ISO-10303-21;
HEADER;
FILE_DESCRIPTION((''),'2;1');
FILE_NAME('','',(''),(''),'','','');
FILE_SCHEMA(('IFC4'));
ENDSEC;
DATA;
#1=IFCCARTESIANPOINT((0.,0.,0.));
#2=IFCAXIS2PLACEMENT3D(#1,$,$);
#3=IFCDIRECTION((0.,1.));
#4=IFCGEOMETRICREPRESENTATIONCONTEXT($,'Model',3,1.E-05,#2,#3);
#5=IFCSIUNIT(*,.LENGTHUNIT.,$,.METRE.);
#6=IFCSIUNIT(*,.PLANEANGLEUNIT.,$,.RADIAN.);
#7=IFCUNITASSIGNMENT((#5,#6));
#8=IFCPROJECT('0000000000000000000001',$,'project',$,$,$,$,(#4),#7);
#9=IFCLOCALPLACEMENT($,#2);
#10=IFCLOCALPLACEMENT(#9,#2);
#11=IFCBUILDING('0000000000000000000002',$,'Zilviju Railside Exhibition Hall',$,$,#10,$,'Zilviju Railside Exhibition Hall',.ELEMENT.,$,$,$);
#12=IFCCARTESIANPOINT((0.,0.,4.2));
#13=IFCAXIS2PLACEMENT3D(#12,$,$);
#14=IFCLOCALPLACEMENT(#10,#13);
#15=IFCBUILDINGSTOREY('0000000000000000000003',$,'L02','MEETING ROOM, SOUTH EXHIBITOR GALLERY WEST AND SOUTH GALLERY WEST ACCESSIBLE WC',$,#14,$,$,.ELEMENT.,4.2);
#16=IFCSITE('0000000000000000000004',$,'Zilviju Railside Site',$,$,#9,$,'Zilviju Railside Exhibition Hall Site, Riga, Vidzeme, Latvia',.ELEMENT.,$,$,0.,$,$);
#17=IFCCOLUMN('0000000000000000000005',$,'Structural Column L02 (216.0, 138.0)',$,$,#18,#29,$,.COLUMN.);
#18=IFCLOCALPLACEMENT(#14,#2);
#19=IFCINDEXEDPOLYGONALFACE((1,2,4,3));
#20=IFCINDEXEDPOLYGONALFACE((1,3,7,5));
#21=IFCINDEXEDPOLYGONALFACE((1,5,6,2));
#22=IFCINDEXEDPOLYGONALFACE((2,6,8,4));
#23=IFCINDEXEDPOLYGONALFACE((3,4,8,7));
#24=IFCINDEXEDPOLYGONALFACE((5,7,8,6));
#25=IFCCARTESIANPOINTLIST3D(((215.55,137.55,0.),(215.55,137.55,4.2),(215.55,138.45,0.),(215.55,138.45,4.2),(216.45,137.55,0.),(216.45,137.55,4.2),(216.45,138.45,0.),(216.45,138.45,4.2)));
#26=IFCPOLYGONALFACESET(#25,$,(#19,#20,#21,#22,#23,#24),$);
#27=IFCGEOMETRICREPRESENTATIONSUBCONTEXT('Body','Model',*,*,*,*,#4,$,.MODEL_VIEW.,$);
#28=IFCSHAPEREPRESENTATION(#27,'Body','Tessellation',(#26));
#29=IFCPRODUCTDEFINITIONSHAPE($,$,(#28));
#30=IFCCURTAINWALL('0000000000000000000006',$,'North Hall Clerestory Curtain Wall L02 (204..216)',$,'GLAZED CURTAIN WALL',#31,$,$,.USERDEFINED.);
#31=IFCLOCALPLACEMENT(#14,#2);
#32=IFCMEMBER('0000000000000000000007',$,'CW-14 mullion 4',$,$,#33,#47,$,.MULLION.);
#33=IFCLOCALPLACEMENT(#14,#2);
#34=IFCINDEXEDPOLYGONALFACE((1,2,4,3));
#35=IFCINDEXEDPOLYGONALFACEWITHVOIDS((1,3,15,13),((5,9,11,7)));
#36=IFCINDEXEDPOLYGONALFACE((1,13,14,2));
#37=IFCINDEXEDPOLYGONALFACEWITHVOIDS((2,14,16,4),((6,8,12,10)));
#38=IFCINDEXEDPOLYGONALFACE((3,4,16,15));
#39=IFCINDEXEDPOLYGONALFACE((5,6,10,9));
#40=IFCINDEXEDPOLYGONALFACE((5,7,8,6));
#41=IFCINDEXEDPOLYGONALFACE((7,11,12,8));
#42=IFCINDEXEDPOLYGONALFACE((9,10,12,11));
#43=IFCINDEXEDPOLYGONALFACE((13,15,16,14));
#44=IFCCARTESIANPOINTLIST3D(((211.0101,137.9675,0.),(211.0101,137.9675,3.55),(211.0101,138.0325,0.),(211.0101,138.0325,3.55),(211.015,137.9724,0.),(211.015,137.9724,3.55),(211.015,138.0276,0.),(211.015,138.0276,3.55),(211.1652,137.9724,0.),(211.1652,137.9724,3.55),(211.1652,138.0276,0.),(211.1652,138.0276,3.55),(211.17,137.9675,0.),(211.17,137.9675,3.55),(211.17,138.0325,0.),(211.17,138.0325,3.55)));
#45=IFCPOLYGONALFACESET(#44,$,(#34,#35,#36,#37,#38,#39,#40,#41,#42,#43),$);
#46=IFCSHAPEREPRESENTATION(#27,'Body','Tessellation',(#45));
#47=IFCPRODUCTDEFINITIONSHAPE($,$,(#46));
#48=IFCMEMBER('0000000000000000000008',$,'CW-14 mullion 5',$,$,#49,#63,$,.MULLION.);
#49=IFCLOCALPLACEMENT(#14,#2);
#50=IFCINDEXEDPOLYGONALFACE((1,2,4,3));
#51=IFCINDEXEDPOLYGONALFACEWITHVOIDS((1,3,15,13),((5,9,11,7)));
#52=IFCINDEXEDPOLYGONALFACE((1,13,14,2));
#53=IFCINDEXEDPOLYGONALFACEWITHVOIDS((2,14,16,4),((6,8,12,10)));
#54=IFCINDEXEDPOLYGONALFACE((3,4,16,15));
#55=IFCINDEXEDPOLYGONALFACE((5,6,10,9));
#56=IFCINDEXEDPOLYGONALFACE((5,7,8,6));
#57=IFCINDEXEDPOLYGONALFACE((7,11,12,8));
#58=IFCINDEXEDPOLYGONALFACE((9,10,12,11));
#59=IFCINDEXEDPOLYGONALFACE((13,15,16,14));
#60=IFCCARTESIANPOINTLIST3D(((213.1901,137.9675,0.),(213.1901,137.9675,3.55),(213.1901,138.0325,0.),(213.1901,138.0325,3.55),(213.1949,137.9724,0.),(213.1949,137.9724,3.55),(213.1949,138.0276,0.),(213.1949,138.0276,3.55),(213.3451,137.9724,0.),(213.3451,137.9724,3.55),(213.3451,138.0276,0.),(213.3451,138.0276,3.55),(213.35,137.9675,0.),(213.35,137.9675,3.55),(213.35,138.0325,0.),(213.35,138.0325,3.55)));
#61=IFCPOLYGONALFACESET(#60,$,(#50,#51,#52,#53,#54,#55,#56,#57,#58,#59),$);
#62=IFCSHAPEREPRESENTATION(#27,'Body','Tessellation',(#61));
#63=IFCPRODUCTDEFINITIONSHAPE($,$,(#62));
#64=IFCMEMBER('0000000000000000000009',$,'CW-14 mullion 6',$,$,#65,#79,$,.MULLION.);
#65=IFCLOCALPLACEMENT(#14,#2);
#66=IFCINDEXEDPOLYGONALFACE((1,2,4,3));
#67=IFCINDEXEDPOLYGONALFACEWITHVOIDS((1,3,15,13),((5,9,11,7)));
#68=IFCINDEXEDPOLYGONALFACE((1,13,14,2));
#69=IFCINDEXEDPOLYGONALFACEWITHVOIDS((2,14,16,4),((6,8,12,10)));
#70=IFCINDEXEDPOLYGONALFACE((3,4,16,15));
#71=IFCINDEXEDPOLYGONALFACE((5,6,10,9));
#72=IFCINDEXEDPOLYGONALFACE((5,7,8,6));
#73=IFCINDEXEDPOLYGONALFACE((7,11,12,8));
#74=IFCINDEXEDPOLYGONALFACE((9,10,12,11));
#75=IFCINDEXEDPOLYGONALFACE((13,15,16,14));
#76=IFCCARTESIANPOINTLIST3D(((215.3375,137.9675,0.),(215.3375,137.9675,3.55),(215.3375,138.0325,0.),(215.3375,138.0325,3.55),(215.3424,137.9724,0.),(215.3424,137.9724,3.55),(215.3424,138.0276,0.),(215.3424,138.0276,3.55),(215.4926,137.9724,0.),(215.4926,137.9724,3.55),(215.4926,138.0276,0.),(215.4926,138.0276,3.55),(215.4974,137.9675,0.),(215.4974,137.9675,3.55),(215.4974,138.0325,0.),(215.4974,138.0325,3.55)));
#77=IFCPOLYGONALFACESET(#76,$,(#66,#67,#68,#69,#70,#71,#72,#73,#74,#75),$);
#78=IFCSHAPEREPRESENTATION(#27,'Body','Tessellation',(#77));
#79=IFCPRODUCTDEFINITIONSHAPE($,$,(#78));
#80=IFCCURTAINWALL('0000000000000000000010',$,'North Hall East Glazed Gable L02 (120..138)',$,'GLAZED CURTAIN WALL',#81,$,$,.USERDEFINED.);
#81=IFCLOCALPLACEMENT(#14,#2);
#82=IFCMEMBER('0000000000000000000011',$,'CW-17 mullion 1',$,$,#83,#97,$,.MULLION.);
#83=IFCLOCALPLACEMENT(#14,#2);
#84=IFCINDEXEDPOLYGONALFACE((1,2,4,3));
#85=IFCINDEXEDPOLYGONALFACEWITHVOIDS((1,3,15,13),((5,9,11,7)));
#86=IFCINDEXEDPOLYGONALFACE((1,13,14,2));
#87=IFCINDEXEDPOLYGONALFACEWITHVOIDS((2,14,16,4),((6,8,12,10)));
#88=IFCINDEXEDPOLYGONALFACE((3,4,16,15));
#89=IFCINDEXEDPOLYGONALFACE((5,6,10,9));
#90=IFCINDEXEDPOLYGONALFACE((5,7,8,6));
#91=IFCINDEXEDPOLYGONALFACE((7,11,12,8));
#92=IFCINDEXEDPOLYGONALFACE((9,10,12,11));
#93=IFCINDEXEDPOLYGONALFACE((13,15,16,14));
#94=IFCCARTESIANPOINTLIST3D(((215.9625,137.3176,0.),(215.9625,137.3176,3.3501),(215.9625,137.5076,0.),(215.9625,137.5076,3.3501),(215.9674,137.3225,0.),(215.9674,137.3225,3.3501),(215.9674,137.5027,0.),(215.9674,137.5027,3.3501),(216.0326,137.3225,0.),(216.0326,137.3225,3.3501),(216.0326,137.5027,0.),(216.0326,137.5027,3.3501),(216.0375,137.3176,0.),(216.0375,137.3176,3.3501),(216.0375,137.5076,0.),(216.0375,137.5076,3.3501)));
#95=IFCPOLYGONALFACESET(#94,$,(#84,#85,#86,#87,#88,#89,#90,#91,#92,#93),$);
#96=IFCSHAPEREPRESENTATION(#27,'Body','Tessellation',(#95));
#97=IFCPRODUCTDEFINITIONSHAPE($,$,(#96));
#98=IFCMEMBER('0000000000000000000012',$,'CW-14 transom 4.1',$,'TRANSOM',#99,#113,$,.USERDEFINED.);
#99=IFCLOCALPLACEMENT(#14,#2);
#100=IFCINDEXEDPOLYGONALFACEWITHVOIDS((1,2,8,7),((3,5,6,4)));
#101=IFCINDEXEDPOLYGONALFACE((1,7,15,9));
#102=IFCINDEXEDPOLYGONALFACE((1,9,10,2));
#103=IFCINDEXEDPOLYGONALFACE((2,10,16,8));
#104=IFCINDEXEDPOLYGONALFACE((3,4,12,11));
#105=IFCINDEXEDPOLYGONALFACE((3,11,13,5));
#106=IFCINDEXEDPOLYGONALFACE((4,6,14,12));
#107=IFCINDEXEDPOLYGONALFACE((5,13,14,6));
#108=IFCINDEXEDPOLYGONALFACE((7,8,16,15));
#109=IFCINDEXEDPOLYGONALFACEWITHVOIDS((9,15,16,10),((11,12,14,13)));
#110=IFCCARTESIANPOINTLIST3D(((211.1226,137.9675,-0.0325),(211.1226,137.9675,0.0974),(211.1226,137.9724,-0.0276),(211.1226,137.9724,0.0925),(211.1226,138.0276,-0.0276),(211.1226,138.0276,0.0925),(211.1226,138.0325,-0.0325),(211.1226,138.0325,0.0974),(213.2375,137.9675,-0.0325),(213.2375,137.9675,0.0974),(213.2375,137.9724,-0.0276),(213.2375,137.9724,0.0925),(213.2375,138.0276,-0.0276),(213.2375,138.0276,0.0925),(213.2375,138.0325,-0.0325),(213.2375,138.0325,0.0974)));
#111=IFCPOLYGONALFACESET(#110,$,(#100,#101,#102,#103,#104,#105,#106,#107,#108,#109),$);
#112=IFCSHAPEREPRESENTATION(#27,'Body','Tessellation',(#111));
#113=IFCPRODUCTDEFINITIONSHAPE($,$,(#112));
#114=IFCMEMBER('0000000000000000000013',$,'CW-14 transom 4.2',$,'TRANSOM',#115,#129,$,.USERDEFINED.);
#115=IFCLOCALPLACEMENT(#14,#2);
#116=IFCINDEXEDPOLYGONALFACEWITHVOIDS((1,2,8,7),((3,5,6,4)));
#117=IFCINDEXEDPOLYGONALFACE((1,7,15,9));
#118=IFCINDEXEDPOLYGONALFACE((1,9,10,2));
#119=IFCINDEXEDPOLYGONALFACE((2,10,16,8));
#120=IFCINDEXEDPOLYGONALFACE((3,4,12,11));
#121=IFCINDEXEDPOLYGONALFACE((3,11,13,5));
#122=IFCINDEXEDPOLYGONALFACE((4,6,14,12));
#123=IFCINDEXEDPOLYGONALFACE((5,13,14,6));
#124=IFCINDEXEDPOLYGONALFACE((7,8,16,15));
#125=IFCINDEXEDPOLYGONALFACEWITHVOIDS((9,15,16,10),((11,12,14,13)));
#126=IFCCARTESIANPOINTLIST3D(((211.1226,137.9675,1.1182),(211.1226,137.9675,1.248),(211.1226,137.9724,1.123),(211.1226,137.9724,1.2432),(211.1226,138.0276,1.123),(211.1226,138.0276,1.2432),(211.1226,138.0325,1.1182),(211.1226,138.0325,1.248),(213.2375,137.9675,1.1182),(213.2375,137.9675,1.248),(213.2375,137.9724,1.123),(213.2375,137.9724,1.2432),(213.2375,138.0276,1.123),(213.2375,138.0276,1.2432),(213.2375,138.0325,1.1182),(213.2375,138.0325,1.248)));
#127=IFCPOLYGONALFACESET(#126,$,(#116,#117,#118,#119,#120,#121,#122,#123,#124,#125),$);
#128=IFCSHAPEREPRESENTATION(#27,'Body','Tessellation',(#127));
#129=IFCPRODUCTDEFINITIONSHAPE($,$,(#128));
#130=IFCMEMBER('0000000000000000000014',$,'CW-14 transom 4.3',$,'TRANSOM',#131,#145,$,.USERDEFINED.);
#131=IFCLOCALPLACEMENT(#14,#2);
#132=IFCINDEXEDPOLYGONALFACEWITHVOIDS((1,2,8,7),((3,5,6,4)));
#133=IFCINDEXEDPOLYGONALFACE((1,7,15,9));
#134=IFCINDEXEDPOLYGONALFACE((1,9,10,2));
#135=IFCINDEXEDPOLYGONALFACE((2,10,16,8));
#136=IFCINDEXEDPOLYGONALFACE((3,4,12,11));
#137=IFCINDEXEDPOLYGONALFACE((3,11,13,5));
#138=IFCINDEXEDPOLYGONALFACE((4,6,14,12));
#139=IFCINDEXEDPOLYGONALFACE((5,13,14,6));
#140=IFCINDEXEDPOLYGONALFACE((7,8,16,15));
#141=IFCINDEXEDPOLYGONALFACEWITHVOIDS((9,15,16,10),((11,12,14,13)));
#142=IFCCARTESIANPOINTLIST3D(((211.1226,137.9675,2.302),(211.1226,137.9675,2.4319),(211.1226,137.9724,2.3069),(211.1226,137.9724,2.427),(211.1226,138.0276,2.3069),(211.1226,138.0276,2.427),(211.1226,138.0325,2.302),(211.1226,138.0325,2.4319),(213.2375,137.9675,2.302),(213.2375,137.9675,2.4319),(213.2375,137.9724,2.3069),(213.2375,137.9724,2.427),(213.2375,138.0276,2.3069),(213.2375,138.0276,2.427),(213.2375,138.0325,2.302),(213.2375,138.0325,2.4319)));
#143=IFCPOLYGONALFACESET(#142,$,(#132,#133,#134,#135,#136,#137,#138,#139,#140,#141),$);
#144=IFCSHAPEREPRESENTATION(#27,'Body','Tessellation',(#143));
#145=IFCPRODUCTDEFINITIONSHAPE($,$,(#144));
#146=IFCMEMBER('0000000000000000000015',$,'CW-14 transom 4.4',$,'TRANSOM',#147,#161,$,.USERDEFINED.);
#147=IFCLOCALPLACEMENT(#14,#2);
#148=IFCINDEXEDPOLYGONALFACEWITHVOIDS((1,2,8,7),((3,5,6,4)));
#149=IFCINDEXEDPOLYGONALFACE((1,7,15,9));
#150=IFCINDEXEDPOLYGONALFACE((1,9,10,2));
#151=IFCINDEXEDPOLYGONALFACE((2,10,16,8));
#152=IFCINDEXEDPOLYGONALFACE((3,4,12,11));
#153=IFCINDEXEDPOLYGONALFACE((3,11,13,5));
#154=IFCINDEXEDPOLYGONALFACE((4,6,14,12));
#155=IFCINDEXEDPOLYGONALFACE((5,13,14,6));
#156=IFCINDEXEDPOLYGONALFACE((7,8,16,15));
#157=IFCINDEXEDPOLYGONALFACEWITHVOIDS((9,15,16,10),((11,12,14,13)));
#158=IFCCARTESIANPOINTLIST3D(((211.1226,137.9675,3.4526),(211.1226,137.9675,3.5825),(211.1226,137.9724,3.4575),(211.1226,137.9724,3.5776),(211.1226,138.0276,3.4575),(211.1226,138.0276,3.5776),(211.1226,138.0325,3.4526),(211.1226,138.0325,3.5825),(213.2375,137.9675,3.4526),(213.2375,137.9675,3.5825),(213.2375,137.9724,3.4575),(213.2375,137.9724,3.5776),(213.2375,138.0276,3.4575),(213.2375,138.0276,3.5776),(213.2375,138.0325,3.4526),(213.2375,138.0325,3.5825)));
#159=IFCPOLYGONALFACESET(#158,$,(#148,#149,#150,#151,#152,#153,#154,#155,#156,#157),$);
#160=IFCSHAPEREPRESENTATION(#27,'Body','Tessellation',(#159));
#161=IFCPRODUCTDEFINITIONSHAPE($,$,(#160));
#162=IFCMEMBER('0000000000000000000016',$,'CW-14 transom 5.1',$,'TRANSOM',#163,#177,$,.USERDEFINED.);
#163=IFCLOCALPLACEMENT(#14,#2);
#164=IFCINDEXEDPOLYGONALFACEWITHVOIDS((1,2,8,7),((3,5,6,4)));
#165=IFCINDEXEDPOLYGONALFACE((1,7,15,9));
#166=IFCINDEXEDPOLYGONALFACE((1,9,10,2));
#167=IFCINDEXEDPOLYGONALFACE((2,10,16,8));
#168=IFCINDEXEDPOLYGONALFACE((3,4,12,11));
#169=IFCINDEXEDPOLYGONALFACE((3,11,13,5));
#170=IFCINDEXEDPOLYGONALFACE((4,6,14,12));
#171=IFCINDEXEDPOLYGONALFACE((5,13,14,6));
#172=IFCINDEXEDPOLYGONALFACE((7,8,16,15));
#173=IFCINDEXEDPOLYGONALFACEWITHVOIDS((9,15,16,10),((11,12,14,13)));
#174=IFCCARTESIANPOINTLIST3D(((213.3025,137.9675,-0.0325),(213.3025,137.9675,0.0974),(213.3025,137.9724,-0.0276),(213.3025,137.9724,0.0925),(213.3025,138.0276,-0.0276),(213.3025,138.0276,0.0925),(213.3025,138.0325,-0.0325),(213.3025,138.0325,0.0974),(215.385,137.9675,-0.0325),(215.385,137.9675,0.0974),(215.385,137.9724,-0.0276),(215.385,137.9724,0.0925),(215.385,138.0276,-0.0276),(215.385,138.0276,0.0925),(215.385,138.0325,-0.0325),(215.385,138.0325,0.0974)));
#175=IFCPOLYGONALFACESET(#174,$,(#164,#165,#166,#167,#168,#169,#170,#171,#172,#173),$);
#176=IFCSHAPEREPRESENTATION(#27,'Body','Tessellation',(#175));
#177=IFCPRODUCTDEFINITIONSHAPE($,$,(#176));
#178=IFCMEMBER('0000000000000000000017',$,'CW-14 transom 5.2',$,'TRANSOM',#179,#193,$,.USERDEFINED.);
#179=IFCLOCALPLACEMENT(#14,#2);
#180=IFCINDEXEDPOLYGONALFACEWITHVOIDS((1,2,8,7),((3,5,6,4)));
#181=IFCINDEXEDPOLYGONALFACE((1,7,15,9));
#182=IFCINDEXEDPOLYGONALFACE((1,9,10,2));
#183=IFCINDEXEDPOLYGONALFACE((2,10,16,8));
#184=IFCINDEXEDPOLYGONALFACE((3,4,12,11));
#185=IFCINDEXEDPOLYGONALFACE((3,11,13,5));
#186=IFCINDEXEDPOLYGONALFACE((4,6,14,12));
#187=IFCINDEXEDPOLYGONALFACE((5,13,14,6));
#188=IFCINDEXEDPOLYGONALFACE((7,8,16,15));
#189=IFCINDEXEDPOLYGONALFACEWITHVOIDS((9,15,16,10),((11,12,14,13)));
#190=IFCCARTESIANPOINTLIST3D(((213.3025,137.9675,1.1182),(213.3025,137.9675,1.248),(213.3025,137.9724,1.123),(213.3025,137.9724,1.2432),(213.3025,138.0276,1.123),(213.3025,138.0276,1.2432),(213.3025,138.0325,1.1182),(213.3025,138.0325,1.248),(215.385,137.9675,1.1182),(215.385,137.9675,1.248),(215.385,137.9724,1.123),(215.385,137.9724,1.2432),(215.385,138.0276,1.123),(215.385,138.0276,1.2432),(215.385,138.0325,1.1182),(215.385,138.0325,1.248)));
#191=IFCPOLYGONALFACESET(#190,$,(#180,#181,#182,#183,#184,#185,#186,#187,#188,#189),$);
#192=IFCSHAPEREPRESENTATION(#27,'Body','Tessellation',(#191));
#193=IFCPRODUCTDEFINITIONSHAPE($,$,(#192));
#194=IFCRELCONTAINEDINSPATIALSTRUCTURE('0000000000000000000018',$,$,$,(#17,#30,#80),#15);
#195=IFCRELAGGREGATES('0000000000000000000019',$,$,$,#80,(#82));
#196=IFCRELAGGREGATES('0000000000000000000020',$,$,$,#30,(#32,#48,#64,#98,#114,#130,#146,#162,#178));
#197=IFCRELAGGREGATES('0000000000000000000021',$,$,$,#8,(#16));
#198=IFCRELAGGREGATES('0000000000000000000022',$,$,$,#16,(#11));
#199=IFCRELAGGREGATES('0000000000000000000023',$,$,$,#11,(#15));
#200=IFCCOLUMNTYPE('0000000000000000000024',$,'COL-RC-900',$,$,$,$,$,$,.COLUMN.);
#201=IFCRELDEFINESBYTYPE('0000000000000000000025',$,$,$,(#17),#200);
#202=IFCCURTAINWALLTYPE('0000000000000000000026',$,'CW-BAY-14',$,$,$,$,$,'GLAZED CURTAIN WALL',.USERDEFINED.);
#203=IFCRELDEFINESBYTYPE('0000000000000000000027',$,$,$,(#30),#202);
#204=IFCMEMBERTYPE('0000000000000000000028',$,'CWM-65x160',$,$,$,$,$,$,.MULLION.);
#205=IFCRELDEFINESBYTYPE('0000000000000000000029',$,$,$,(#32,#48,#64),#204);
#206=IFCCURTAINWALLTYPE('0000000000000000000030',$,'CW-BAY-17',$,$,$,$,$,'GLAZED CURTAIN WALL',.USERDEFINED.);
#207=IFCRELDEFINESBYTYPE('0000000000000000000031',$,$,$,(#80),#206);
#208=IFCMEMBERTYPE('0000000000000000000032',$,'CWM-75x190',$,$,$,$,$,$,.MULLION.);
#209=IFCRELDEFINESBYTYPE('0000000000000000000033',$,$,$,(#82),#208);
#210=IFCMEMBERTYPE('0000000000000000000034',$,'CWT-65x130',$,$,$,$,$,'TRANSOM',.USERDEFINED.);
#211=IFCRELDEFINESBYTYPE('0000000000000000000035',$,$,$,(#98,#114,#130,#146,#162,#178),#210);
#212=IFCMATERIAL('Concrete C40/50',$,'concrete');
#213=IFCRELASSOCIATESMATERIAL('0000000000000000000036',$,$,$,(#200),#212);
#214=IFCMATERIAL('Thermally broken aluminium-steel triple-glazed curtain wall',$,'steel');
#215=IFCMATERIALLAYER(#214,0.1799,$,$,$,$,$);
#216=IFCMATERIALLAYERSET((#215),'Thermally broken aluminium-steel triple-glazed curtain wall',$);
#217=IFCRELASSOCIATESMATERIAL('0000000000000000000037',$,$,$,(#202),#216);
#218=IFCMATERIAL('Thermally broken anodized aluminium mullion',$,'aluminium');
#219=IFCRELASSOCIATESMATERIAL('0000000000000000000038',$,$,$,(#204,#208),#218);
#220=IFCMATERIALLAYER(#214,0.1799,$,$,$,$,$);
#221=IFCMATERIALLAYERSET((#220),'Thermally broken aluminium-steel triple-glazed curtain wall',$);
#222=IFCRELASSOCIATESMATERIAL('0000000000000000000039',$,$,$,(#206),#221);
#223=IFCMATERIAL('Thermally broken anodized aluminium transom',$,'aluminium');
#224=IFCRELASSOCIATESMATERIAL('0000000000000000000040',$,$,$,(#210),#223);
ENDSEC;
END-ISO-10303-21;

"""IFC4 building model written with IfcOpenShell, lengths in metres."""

from ifc_helpers import new_model, si_unit, direction, frame, origin, origin_2d, place, context, subcontext, project, spatial, rectangle, hollow_rectangle, extrude, material, layer, layer_set, material_profile, profile_set, type_object, element, aggregate, save


model = new_model("IFC4")

# Units and contexts
model_context = context("Model", 3, precision=1e-05, world=origin(), true_north=direction((0.0, 1.0)))
body_context = subcontext(model_context, "Body", "Model", "MODEL_VIEW")
ifc_project = project(units=[si_unit("LENGTHUNIT", "METRE"), si_unit("PLANEANGLEUNIT", "RADIAN")], contexts=[model_context])

# Site, building, storey
site_placement = place(None, origin())
site = spatial("IfcSite", under=ifc_project, at=site_placement, Name="Zilviju Railside Site", LongName="Zilviju Railside Exhibition Hall Site, Riga, Vidzeme, Latvia", CompositionType="ELEMENT", RefElevation=0.0)
building_placement = place(site_placement, origin())
building = spatial("IfcBuilding", under=site, at=building_placement, Name="Zilviju Railside Exhibition Hall", LongName="Zilviju Railside Exhibition Hall", CompositionType="ELEMENT")
storey_placement = place(building_placement, frame((0.0, 0.0, 4.2)))
storey = spatial("IfcBuildingStorey", under=building, at=storey_placement, Name="L02", Description="MEETING ROOM, SOUTH EXHIBITOR GALLERY WEST AND SOUTH GALLERY WEST ACCESSIBLE WC", CompositionType="ELEMENT", Elevation=4.2)

# Column
ifc_material_1 = material(Name="Concrete C40/50", Category="concrete")
ifc_material_profile_1 = material_profile(ifc_material_1, rectangle(XDim=0.8999, YDim=0.8999, at=origin_2d()), Name="RC COL 900x900")
ifc_profile_set_1 = profile_set([ifc_material_profile_1], Name="Concrete C40/50")
column_type = type_object("IfcColumnType", Name="COL-RC-900", PredefinedType="COLUMN", material=ifc_profile_set_1)
column_placement = place(storey_placement, frame((216.0, 138.0, 0.0), z_axis=(0.0, 0.0, 1.0), x_axis=(1.0, 0.0, 0.0)))
element("IfcColumn", 1, at=column_placement, inside=storey, type_object=column_type, Name="Structural Column L02 (216.0, 138.0)", PredefinedType="COLUMN", context=body_context, shape_type="SweptSolid", body=[
    extrude(rectangle(XDim=0.8999, YDim=0.8999, at=origin_2d()), origin(), (0.0, 0.0, 1.0), 4.2),
])

# Curtain wall, members
ifc_material_2 = material(Name="Thermally broken aluminium-steel triple-glazed curtain wall", Category="steel")
ifc_layer_1 = layer(ifc_material_2, 0.1799)
ifc_layer_set_1 = layer_set([ifc_layer_1], Name="Thermally broken aluminium-steel triple-glazed curtain wall")
curtain_wall_type_1 = type_object("IfcCurtainWallType", Name="CW-BAY-14", ElementType="GLAZED CURTAIN WALL", PredefinedType="USERDEFINED", material=ifc_layer_set_1)
curtain_wall_1_placement = place(storey_placement, origin())
curtain_wall_1 = element("IfcCurtainWall", 2, at=curtain_wall_1_placement, inside=storey, type_object=curtain_wall_type_1, Name="North Hall Clerestory Curtain Wall L02 (204..216)", ObjectType="GLAZED CURTAIN WALL", PredefinedType="USERDEFINED")
ifc_material_3 = material(Name="Thermally broken anodized aluminium mullion", Category="aluminium")
ifc_material_profile_2 = material_profile(ifc_material_3, hollow_rectangle(XDim=0.0649, YDim=0.1599, WallThickness=0.0049, at=origin_2d()), Name="MULLION 160x65x5")
ifc_profile_set_2 = profile_set([ifc_material_profile_2], Name="Thermally broken anodized aluminium mullion")
member_type_1 = type_object("IfcMemberType", Name="CWM-65x160", PredefinedType="MULLION", material=ifc_profile_set_2)
member_1_placement = place(storey_placement, frame((211.0901, 138.0, 0.0), z_axis=(0.0, 0.0, 1.0), x_axis=(0.0, 1.0, 0.0)))
member_1 = element("IfcMember", 3, at=member_1_placement, type_object=member_type_1, Name="CW-14 mullion 4", PredefinedType="MULLION", context=body_context, shape_type="SweptSolid", body=[
    extrude(hollow_rectangle(XDim=0.0649, YDim=0.1599, WallThickness=0.0049, at=origin_2d()), origin(), (0.0, 0.0, 1.0), 3.55),
])
member_2_placement = place(storey_placement, frame((213.27, 138.0, 0.0), z_axis=(0.0, 0.0, 1.0), x_axis=(0.0, 1.0, 0.0)))
member_2 = element("IfcMember", 4, at=member_2_placement, type_object=member_type_1, Name="CW-14 mullion 5", PredefinedType="MULLION", context=body_context, shape_type="SweptSolid", body=[
    extrude(hollow_rectangle(XDim=0.0649, YDim=0.1599, WallThickness=0.0049, at=origin_2d()), origin(), (0.0, 0.0, 1.0), 3.55),
])
member_3_placement = place(storey_placement, frame((215.4175, 138.0, 0.0), z_axis=(0.0, 0.0, 1.0), x_axis=(0.0, 1.0, 0.0)))
member_3 = element("IfcMember", 5, at=member_3_placement, type_object=member_type_1, Name="CW-14 mullion 6", PredefinedType="MULLION", context=body_context, shape_type="SweptSolid", body=[
    extrude(hollow_rectangle(XDim=0.0649, YDim=0.1599, WallThickness=0.0049, at=origin_2d()), origin(), (0.0, 0.0, 1.0), 3.55),
])

# Curtain wall, member
ifc_layer_2 = layer(ifc_material_2, 0.1799)
ifc_layer_set_2 = layer_set([ifc_layer_2], Name="Thermally broken aluminium-steel triple-glazed curtain wall")
curtain_wall_type_2 = type_object("IfcCurtainWallType", Name="CW-BAY-17", ElementType="GLAZED CURTAIN WALL", PredefinedType="USERDEFINED", material=ifc_layer_set_2)
curtain_wall_2_placement = place(storey_placement, origin())
curtain_wall_2 = element("IfcCurtainWall", 6, at=curtain_wall_2_placement, inside=storey, type_object=curtain_wall_type_2, Name="North Hall East Glazed Gable L02 (120..138)", ObjectType="GLAZED CURTAIN WALL", PredefinedType="USERDEFINED")
ifc_material_profile_3 = material_profile(ifc_material_3, hollow_rectangle(XDim=0.075, YDim=0.1899, WallThickness=0.0049, at=origin_2d()), Name="MULLION 190x75x5")
ifc_profile_set_3 = profile_set([ifc_material_profile_3], Name="Thermally broken anodized aluminium mullion")
member_type_2 = type_object("IfcMemberType", Name="CWM-75x190", PredefinedType="MULLION", material=ifc_profile_set_3)
member_4_placement = place(storey_placement, frame((216.0, 137.4126, 0.0), z_axis=(0.0, 0.0, 1.0), x_axis=(1.0, 0.0, 0.0)))
member_4 = element("IfcMember", 7, at=member_4_placement, type_object=member_type_2, Name="CW-17 mullion 1", PredefinedType="MULLION", context=body_context, shape_type="SweptSolid", body=[
    extrude(hollow_rectangle(XDim=0.075, YDim=0.1899, WallThickness=0.0049, at=origin_2d()), origin(), (0.0, 0.0, 1.0), 3.3501),
])

# Members
ifc_material_4 = material(Name="Thermally broken anodized aluminium transom", Category="aluminium")
ifc_material_profile_4 = material_profile(ifc_material_4, hollow_rectangle(XDim=0.0649, YDim=0.1299, WallThickness=0.0049, at=origin_2d()), Name="TRANSOM 130x65x5")
ifc_profile_set_4 = profile_set([ifc_material_profile_4], Name="Thermally broken anodized aluminium transom")
member_type_3 = type_object("IfcMemberType", Name="CWT-65x130", ElementType="TRANSOM", PredefinedType="USERDEFINED", material=ifc_profile_set_4)
member_5_placement = place(storey_placement, frame((211.1226, 138.0, 0.0325), z_axis=(1.0, 0.0, 0.0), x_axis=(0.0, 1.0, 0.0)))
member_5 = element("IfcMember", 8, at=member_5_placement, type_object=member_type_3, Name="CW-14 transom 4.1", ObjectType="TRANSOM", PredefinedType="USERDEFINED", context=body_context, shape_type="SweptSolid", body=[
    extrude(hollow_rectangle(XDim=0.0649, YDim=0.1299, WallThickness=0.0049, at=origin_2d()), origin(), (0.0, 0.0, 1.0), 2.115),
])
member_6_placement = place(storey_placement, frame((211.1226, 138.0, 1.1831), z_axis=(1.0, 0.0, 0.0), x_axis=(0.0, 1.0, 0.0)))
member_6 = element("IfcMember", 9, at=member_6_placement, type_object=member_type_3, Name="CW-14 transom 4.2", ObjectType="TRANSOM", PredefinedType="USERDEFINED", context=body_context, shape_type="SweptSolid", body=[
    extrude(hollow_rectangle(XDim=0.0649, YDim=0.1299, WallThickness=0.0049, at=origin_2d()), origin(), (0.0, 0.0, 1.0), 2.115),
])
member_7_placement = place(storey_placement, frame((211.1226, 138.0, 2.3669), z_axis=(1.0, 0.0, 0.0), x_axis=(0.0, 1.0, 0.0)))
member_7 = element("IfcMember", 10, at=member_7_placement, type_object=member_type_3, Name="CW-14 transom 4.3", ObjectType="TRANSOM", PredefinedType="USERDEFINED", context=body_context, shape_type="SweptSolid", body=[
    extrude(hollow_rectangle(XDim=0.0649, YDim=0.1299, WallThickness=0.0049, at=origin_2d()), origin(), (0.0, 0.0, 1.0), 2.115),
])
member_8_placement = place(storey_placement, frame((211.1226, 138.0, 3.5176), z_axis=(1.0, 0.0, 0.0), x_axis=(0.0, 1.0, 0.0)))
member_8 = element("IfcMember", 11, at=member_8_placement, type_object=member_type_3, Name="CW-14 transom 4.4", ObjectType="TRANSOM", PredefinedType="USERDEFINED", context=body_context, shape_type="SweptSolid", body=[
    extrude(hollow_rectangle(XDim=0.0649, YDim=0.1299, WallThickness=0.0049, at=origin_2d()), origin(), (0.0, 0.0, 1.0), 2.115),
])
member_9_placement = place(storey_placement, frame((213.3025, 138.0, 0.0325), z_axis=(1.0, 0.0, 0.0), x_axis=(0.0, 1.0, 0.0)))
member_9 = element("IfcMember", 12, at=member_9_placement, type_object=member_type_3, Name="CW-14 transom 5.1", ObjectType="TRANSOM", PredefinedType="USERDEFINED", context=body_context, shape_type="SweptSolid", body=[
    extrude(hollow_rectangle(XDim=0.0649, YDim=0.1299, WallThickness=0.0049, at=origin_2d()), origin(), (0.0, 0.0, 1.0), 2.0825),
])
member_10_placement = place(storey_placement, frame((213.3025, 138.0, 1.1831), z_axis=(1.0, 0.0, 0.0), x_axis=(0.0, 1.0, 0.0)))
member_10 = element("IfcMember", 13, at=member_10_placement, type_object=member_type_3, Name="CW-14 transom 5.2", ObjectType="TRANSOM", PredefinedType="USERDEFINED", context=body_context, shape_type="SweptSolid", body=[
    extrude(hollow_rectangle(XDim=0.0649, YDim=0.1299, WallThickness=0.0049, at=origin_2d()), origin(), (0.0, 0.0, 1.0), 2.0825),
])
aggregate(curtain_wall_2, [member_4])

aggregate(curtain_wall_1, [member_1, member_2, member_3, member_5, member_6, member_7, member_8, member_9, member_10])

save(model, "model.ifc")
